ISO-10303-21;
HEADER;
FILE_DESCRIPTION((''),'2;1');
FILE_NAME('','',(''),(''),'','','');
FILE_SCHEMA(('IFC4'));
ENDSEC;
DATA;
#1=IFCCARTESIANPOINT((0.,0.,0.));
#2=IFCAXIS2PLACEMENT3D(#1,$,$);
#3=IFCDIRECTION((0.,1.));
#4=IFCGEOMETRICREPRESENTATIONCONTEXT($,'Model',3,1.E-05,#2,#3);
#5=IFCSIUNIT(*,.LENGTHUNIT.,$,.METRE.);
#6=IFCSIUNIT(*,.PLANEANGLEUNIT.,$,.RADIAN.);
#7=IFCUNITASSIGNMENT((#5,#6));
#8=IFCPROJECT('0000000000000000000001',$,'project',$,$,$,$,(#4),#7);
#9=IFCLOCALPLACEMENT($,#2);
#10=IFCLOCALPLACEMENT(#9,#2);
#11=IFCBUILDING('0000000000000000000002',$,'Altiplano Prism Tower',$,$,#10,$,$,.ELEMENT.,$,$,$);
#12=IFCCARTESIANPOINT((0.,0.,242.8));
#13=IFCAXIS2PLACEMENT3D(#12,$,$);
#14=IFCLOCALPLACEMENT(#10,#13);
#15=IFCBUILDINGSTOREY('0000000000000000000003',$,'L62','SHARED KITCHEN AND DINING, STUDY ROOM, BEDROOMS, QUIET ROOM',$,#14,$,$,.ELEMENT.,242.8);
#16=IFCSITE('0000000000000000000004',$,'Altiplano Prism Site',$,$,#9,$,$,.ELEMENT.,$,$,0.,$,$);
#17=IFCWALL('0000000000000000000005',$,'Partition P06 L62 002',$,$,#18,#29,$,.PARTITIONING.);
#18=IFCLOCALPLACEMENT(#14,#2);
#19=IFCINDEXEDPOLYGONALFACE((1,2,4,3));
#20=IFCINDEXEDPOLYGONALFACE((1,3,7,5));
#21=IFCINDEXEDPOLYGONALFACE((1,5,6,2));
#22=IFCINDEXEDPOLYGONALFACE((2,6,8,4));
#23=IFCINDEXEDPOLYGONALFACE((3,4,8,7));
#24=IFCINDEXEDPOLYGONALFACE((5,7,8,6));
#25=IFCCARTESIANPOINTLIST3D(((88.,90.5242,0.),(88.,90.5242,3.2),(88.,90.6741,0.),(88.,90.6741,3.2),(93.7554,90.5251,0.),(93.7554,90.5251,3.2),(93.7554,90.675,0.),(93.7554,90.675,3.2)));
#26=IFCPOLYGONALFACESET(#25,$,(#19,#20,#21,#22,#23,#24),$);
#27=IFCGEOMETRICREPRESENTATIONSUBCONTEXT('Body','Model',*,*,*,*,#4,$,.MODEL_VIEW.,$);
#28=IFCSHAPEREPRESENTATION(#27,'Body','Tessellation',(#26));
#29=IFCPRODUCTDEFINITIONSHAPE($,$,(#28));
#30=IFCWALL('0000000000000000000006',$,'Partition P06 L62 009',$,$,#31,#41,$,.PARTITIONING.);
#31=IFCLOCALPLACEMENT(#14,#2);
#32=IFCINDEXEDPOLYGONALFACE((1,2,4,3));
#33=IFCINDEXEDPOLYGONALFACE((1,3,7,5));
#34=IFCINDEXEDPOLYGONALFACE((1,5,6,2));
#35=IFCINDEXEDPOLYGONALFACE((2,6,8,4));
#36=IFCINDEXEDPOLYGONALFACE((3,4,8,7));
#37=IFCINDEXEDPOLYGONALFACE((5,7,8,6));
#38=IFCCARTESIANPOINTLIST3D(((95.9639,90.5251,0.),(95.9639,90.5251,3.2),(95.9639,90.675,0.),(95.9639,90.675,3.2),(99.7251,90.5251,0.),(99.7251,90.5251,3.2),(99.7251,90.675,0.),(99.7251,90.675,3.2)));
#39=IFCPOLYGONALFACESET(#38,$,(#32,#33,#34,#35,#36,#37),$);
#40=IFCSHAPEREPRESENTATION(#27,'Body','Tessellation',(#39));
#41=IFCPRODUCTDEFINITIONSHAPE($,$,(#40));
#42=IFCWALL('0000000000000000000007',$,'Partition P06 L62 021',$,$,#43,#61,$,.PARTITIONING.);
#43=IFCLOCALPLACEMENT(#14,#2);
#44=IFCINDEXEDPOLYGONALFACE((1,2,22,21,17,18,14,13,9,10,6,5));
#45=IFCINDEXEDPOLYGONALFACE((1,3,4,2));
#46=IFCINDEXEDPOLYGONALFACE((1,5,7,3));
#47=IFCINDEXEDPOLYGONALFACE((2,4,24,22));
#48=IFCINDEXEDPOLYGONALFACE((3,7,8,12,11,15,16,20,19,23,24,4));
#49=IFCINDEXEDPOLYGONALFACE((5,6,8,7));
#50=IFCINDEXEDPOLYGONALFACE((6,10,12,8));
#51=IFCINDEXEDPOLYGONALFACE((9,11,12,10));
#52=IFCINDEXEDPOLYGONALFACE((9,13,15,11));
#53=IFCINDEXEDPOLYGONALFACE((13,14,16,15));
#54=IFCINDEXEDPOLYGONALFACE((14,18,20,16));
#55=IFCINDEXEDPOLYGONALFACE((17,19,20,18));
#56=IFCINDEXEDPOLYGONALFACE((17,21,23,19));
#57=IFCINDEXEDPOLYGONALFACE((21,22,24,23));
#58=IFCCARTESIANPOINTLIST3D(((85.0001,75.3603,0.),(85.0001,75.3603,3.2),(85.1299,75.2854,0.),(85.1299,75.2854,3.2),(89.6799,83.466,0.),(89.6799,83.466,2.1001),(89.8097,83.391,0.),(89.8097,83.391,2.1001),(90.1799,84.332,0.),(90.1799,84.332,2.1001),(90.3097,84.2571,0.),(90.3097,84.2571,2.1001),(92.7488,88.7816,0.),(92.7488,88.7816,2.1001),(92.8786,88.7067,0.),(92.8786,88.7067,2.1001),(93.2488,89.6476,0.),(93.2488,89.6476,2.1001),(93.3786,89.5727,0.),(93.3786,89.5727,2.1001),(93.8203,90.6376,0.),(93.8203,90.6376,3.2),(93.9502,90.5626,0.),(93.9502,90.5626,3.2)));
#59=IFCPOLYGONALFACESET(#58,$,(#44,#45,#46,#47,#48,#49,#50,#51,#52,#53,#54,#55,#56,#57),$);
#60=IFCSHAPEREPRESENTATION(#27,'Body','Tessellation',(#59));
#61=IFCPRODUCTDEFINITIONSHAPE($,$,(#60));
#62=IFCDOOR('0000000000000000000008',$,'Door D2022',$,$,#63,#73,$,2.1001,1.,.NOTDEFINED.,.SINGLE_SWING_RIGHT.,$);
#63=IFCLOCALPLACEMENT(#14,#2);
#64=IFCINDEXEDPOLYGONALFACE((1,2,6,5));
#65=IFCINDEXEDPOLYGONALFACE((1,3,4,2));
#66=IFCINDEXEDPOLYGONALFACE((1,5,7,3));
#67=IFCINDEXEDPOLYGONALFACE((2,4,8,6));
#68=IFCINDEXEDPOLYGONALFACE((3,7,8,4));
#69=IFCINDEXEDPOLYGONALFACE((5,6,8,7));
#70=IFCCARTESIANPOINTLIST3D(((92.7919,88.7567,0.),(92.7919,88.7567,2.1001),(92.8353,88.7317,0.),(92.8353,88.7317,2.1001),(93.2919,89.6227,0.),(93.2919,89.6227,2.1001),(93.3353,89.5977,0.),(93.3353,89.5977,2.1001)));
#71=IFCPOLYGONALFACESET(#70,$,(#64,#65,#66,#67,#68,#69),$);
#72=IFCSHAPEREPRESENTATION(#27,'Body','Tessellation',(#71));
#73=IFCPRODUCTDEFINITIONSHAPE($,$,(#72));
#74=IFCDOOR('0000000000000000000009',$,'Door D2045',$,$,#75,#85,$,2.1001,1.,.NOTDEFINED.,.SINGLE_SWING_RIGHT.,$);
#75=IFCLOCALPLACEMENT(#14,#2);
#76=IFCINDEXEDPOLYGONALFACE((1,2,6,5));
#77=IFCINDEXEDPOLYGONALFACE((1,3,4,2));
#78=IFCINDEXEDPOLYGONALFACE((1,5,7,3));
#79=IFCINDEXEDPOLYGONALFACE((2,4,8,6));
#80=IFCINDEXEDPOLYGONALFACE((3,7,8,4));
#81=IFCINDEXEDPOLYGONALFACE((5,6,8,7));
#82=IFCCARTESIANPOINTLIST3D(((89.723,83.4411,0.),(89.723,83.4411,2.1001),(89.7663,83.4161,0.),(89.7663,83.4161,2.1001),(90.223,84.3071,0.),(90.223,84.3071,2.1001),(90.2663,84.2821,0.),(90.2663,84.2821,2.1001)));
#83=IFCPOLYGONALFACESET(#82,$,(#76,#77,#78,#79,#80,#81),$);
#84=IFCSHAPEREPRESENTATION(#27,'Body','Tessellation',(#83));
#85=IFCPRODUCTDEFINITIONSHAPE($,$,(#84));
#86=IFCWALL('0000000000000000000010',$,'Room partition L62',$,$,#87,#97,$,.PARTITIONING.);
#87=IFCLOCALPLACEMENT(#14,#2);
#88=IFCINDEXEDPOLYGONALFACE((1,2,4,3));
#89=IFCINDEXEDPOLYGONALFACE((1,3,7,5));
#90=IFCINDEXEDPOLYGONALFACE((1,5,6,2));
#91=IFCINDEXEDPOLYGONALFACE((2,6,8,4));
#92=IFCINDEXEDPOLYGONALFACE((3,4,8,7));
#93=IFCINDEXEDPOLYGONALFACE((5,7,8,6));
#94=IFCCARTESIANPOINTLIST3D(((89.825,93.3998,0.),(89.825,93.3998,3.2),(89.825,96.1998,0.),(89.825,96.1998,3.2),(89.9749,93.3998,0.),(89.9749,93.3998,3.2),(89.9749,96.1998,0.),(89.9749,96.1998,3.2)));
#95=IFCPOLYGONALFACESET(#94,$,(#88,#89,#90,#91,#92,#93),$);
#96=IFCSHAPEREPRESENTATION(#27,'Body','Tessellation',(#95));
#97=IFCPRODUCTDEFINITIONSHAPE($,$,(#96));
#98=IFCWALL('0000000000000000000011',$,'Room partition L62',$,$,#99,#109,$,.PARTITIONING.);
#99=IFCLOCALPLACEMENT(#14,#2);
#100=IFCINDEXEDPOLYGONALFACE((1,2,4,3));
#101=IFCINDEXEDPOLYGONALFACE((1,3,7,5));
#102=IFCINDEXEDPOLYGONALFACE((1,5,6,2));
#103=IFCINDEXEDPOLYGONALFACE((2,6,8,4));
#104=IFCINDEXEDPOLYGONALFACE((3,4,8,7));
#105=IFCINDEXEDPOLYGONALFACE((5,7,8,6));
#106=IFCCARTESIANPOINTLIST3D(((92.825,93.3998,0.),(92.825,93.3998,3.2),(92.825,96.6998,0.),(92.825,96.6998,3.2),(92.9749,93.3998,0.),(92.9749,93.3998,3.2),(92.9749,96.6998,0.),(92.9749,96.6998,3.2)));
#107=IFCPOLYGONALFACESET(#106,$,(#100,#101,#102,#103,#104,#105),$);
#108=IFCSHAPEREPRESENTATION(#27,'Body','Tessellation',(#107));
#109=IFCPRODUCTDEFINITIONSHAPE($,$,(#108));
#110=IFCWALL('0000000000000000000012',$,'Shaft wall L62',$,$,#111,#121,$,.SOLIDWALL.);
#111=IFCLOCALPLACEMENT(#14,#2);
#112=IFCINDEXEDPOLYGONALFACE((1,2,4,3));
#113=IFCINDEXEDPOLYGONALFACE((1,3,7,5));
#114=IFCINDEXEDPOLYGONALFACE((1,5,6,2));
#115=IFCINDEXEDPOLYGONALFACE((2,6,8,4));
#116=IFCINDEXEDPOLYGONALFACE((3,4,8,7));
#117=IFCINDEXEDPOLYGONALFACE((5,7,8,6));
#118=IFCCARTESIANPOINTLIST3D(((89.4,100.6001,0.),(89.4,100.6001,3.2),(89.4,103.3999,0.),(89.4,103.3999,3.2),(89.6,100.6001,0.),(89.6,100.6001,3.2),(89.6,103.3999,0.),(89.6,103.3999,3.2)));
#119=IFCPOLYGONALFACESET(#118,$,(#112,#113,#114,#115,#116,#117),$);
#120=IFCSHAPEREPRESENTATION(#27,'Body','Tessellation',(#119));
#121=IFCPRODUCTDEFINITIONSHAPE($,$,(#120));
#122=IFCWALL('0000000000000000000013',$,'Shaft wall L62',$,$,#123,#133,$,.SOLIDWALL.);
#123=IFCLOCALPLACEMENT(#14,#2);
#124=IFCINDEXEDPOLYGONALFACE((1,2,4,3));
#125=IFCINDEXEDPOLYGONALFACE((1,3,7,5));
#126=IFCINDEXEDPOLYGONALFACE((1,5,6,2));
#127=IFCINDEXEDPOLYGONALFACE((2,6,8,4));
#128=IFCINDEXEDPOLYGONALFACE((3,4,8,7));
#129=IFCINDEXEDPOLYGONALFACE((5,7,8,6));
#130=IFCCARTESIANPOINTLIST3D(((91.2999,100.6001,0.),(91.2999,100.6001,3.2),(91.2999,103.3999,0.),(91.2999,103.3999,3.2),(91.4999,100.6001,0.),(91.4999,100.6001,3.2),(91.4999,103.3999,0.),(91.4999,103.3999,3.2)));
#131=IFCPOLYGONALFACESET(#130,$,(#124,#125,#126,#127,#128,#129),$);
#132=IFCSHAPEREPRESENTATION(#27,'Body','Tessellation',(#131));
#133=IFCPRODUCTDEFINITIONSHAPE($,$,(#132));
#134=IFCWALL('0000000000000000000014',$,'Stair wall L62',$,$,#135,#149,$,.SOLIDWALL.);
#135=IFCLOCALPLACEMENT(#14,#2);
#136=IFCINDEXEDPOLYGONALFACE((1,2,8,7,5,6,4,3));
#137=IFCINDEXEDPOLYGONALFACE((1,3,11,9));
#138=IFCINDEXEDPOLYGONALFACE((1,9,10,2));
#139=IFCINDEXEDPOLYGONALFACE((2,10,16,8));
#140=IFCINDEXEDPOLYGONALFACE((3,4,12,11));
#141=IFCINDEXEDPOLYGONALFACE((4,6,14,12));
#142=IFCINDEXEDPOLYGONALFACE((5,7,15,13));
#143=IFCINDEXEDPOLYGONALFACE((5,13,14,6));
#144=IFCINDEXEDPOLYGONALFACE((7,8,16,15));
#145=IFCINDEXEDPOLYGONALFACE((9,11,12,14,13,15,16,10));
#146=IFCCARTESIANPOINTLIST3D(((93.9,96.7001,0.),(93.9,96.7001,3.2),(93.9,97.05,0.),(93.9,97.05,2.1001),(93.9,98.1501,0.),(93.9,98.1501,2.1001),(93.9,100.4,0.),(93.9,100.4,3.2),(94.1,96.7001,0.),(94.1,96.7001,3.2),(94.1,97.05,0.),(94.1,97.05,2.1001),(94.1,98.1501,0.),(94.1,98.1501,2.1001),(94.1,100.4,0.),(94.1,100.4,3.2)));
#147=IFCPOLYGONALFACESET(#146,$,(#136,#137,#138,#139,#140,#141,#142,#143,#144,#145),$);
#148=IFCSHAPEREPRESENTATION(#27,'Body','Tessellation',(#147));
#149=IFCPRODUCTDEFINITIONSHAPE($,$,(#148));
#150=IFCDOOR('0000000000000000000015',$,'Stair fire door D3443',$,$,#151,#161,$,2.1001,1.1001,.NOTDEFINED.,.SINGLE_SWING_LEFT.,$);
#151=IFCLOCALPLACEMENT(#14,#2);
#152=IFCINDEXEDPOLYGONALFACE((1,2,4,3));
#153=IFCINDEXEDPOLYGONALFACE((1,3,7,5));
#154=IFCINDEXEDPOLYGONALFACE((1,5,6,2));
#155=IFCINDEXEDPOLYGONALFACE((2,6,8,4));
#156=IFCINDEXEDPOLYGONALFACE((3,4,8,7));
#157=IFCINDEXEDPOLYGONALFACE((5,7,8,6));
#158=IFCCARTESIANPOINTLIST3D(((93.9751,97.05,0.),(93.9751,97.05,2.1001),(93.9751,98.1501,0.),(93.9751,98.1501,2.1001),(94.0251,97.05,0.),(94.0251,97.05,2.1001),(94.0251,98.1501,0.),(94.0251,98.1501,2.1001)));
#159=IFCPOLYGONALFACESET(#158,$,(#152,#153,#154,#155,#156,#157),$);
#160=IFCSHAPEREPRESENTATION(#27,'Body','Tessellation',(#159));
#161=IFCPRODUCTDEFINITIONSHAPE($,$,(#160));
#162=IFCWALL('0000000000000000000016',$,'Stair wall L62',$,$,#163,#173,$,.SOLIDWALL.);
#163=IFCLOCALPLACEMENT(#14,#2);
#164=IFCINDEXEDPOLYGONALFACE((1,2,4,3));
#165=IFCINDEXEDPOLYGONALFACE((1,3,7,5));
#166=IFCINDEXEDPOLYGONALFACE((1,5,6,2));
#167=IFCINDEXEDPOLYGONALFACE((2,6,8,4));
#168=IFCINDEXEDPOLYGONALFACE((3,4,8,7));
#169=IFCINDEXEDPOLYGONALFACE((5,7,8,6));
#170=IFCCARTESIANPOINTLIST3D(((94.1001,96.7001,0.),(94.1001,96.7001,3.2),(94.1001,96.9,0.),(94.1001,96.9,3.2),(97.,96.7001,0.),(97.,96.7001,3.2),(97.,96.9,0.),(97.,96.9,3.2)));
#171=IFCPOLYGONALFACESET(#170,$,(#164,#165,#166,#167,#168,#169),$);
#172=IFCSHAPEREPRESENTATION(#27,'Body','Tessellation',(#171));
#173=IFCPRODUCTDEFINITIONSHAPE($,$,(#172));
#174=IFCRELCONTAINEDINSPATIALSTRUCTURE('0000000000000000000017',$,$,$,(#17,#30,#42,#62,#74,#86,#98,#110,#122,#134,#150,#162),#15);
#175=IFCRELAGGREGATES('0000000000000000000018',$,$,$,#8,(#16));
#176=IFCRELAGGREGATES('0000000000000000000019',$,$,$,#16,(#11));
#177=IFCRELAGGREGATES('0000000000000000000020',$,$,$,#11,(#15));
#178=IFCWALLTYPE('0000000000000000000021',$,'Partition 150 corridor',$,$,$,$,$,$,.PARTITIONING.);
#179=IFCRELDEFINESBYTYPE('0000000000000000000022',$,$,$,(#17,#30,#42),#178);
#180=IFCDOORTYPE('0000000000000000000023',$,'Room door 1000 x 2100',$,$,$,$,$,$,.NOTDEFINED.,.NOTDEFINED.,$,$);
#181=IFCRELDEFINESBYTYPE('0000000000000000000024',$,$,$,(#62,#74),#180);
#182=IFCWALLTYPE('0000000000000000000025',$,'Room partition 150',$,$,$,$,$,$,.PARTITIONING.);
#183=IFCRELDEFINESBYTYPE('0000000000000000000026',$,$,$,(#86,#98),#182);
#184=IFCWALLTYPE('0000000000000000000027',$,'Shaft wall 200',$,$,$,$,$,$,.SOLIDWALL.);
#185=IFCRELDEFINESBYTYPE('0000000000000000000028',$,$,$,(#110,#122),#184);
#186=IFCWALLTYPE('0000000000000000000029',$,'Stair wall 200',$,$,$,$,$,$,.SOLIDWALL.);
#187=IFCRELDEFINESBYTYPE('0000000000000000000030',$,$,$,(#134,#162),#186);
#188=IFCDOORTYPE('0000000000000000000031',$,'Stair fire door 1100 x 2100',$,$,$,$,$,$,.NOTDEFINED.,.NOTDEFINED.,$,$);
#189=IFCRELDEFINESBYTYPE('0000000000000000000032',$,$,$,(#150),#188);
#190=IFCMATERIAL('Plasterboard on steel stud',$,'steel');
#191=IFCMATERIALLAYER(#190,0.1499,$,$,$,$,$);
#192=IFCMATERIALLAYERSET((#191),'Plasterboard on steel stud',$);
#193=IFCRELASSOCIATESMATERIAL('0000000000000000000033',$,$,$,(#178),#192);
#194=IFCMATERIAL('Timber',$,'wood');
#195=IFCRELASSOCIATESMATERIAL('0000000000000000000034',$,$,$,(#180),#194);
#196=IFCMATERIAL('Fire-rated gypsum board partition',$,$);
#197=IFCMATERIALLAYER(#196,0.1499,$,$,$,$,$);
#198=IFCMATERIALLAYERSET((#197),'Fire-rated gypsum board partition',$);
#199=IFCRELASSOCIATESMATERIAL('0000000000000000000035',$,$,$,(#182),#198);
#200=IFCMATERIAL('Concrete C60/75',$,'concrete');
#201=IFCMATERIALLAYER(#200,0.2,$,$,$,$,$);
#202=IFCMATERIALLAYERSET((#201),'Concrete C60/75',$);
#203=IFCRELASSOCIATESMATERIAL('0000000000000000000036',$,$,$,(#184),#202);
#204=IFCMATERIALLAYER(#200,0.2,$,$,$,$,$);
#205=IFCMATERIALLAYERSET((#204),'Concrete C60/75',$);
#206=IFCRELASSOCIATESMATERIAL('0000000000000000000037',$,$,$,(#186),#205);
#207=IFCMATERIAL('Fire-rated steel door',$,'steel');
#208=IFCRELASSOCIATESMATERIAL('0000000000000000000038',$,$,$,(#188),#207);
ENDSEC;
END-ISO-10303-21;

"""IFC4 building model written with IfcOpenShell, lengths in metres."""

from ifc_helpers import new_model, si_unit, direction, frame, frame_2d, origin, place, context, subcontext, project, spatial, rectangle, extrude, material, layer, layer_set, type_object, element, fill, save


model = new_model("IFC4")

# Units and contexts
model_context = context("Model", 3, precision=1e-05, world=origin(), true_north=direction((0.0, 1.0)))
body_context = subcontext(model_context, "Body", "Model", "MODEL_VIEW")
ifc_project = project(units=[si_unit("LENGTHUNIT", "METRE"), si_unit("PLANEANGLEUNIT", "RADIAN")], contexts=[model_context])

# Site, building, storey
site_placement = place(None, origin())
site = spatial("IfcSite", under=ifc_project, at=site_placement, Name="Altiplano Prism Site", CompositionType="ELEMENT", RefElevation=0.0)
building_placement = place(site_placement, origin())
building = spatial("IfcBuilding", under=site, at=building_placement, Name="Altiplano Prism Tower", CompositionType="ELEMENT")
storey_placement = place(building_placement, frame((0.0, 0.0, 242.8)))
storey = spatial("IfcBuildingStorey", under=building, at=storey_placement, Name="L62", Description="SHARED KITCHEN AND DINING, STUDY ROOM, BEDROOMS, QUIET ROOM", CompositionType="ELEMENT", Elevation=242.8)

# Walls
ifc_material_1 = material(Name="Plasterboard on steel stud", Category="steel")
ifc_layer_1 = layer(ifc_material_1, 0.1499)
ifc_layer_set_1 = layer_set([ifc_layer_1], Name="Plasterboard on steel stud")
wall_type_1 = type_object("IfcWallType", Name="Partition 150 corridor", PredefinedType="PARTITIONING", material=ifc_layer_set_1)
wall_1_placement = place(storey_placement, frame((88.0, 90.5991, 0.0), z_axis=(0.0, 0.0, 1.0), x_axis=(1.0, 0.00017, 0.0)))
element("IfcWall", 1, at=wall_1_placement, inside=storey, type_object=wall_type_1, Name="Partition P06 L62 002", PredefinedType="PARTITIONING", context=body_context, shape_type="SweptSolid", body=[
    extrude(rectangle(XDim=5.7554, YDim=0.1499, at=frame_2d((2.8777, 0.0))), origin(), (0.0, 0.0, 1.0), 3.2),
])
wall_2_placement = place(storey_placement, frame((95.9639, 90.6001, 0.0), z_axis=(0.0, 0.0, 1.0), x_axis=(1.0, 0.0, 0.0)))
element("IfcWall", 2, at=wall_2_placement, inside=storey, type_object=wall_type_1, Name="Partition P06 L62 009", PredefinedType="PARTITIONING", context=body_context, shape_type="SweptSolid", body=[
    extrude(rectangle(XDim=3.7612, YDim=0.1499, at=frame_2d((1.8806, 0.0))), origin(), (0.0, 0.0, 1.0), 3.2),
])

# Wall, openings, doors
wall_3_placement = place(storey_placement, frame((93.8853, 90.6001, 0.0), z_axis=(0.0, 0.0, 1.0), x_axis=(-0.499997, -0.866027, 0.0)))
wall_3 = element("IfcWall", 3, at=wall_3_placement, inside=storey, type_object=wall_type_1, Name="Partition P06 L62 021", PredefinedType="PARTITIONING", context=body_context, shape_type="SweptSolid", body=[
    extrude(rectangle(XDim=17.6406, YDim=0.1499, at=frame_2d((8.8203, 0.0))), origin(), (0.0, 0.0, 1.0), 3.2),
])
opening_1_placement = place(wall_3_placement, frame((1.1431, 0.0, 0.0)))
opening_1 = element("IfcOpeningElement", 4, at=opening_1_placement, cuts=wall_3, PredefinedType="OPENING", context=body_context, shape_type="SweptSolid", body=[
    extrude(rectangle(XDim=1.0, YDim=2.1001, at=frame_2d((0.5, 1.05))), frame((0.0, 0.0854, 0.0), z_axis=(0.0, -1.0, 0.0), x_axis=(1.0, 0.0, 0.0)), (0.0, 0.0, 1.0), 0.1709),
])
opening_2_placement = place(wall_3_placement, frame((7.281, 0.0, 0.0)))
opening_2 = element("IfcOpeningElement", 5, at=opening_2_placement, cuts=wall_3, PredefinedType="OPENING", context=body_context, shape_type="SweptSolid", body=[
    extrude(rectangle(XDim=1.0, YDim=2.1001, at=frame_2d((0.5, 1.05))), frame((0.0, 0.0854, 0.0), z_axis=(0.0, -1.0, 0.0), x_axis=(1.0, 0.0, 0.0)), (0.0, 0.0, 1.0), 0.1709),
])
ifc_material_2 = material(Name="Timber", Category="wood")
door_type_1 = type_object("IfcDoorType", Name="Room door 1000 x 2100", OperationType="NOTDEFINED", PredefinedType="NOTDEFINED", material=ifc_material_2)
door_1_placement = place(opening_1_placement, origin())
door_1 = element("IfcDoor", 6, at=door_1_placement, inside=storey, type_object=door_type_1, Name="Door D2022", OperationType="SINGLE_SWING_RIGHT", OverallHeight=2.1001, OverallWidth=1.0, PredefinedType="NOTDEFINED", context=body_context, shape_type="SweptSolid", body=[
    extrude(rectangle(XDim=1.0, YDim=2.1001, at=frame_2d((0.5, 1.05))), frame((0.0, 0.0249, 0.0), z_axis=(0.0, -1.0, 0.0), x_axis=(1.0, 0.0, 0.0)), (0.0, 0.0, 1.0), 0.05),
])
fill(opening_1, door_1)
door_2_placement = place(opening_2_placement, origin())
door_2 = element("IfcDoor", 7, at=door_2_placement, inside=storey, type_object=door_type_1, Name="Door D2045", OperationType="SINGLE_SWING_RIGHT", OverallHeight=2.1001, OverallWidth=1.0, PredefinedType="NOTDEFINED", context=body_context, shape_type="SweptSolid", body=[
    extrude(rectangle(XDim=1.0, YDim=2.1001, at=frame_2d((0.5, 1.05))), frame((0.0, 0.0249, 0.0), z_axis=(0.0, -1.0, 0.0), x_axis=(1.0, 0.0, 0.0)), (0.0, 0.0, 1.0), 0.05),
])
fill(opening_2, door_2)

# Walls
ifc_material_3 = material(Name="Fire-rated gypsum board partition")
ifc_layer_2 = layer(ifc_material_3, 0.1499)
ifc_layer_set_2 = layer_set([ifc_layer_2], Name="Fire-rated gypsum board partition")
wall_type_2 = type_object("IfcWallType", Name="Room partition 150", PredefinedType="PARTITIONING", material=ifc_layer_set_2)
wall_4_placement = place(storey_placement, frame((89.8999, 93.3999, 0.0), z_axis=(0.0, 0.0, 1.0), x_axis=(0.0, 1.0, 0.0)))
element("IfcWall", 8, at=wall_4_placement, inside=storey, type_object=wall_type_2, Name="Room partition L62", PredefinedType="PARTITIONING", context=body_context, shape_type="SweptSolid", body=[
    extrude(rectangle(XDim=2.8, YDim=0.1499, at=frame_2d((1.3999, 0.0))), origin(), (0.0, 0.0, 1.0), 3.2),
])
wall_5_placement = place(storey_placement, frame((92.8999, 93.3999, 0.0), z_axis=(0.0, 0.0, 1.0), x_axis=(0.0, 1.0, 0.0)))
element("IfcWall", 9, at=wall_5_placement, inside=storey, type_object=wall_type_2, Name="Room partition L62", PredefinedType="PARTITIONING", context=body_context, shape_type="SweptSolid", body=[
    extrude(rectangle(XDim=3.3, YDim=0.1499, at=frame_2d((1.6499, 0.0))), origin(), (0.0, 0.0, 1.0), 3.2),
])
ifc_material_4 = material(Name="Concrete C60/75", Category="concrete")
ifc_layer_3 = layer(ifc_material_4, 0.2)
ifc_layer_set_3 = layer_set([ifc_layer_3], Name="Concrete C60/75")
wall_type_3 = type_object("IfcWallType", Name="Shaft wall 200", PredefinedType="SOLIDWALL", material=ifc_layer_set_3)
for number, where, z_axis, x_axis, name in (
    (10, (89.5, 100.6001, 0.0), (0.0, 0.0, 1.0), (0.0, 1.0, 0.0), "Shaft wall L62"),
    (11, (91.3999, 100.6001, 0.0), (0.0, 0.0, 1.0), (0.0, 1.0, 0.0), "Shaft wall L62"),
):
    element("IfcWall", number, at=place(storey_placement, frame(where, z_axis=z_axis, x_axis=x_axis)), inside=storey, type_object=wall_type_3, Name=name, PredefinedType="SOLIDWALL", context=body_context, shape_type="SweptSolid", body=[
        extrude(rectangle(XDim=2.7998, YDim=0.2, at=frame_2d((1.3999, 0.0))), origin(), (0.0, 0.0, 1.0), 3.2),
    ])

# Wall, opening, door
ifc_layer_4 = layer(ifc_material_4, 0.2)
ifc_layer_set_4 = layer_set([ifc_layer_4], Name="Concrete C60/75")
wall_type_4 = type_object("IfcWallType", Name="Stair wall 200", PredefinedType="SOLIDWALL", material=ifc_layer_set_4)
wall_6_placement = place(storey_placement, frame((94.0, 96.7, 0.0), z_axis=(0.0, 0.0, 1.0), x_axis=(0.0, 1.0, 0.0)))
wall_6 = element("IfcWall", 12, at=wall_6_placement, inside=storey, type_object=wall_type_4, Name="Stair wall L62", PredefinedType="SOLIDWALL", context=body_context, shape_type="SweptSolid", body=[
    extrude(rectangle(XDim=3.7, YDim=0.2, at=frame_2d((1.8501, 0.0))), origin(), (0.0, 0.0, 1.0), 3.2),
])
opening_3_placement = place(wall_6_placement, frame((0.3501, 0.0, 0.0)))
opening_3 = element("IfcOpeningElement", 13, at=opening_3_placement, cuts=wall_6, PredefinedType="OPENING", context=body_context, shape_type="SweptSolid", body=[
    extrude(rectangle(XDim=1.1001, YDim=2.1001, at=frame_2d((0.55, 1.05))), frame((0.0, 0.1104, 0.0), z_axis=(0.0, -1.0, 0.0), x_axis=(1.0, 0.0, 0.0)), (0.0, 0.0, 1.0), 0.2209),
])
ifc_material_5 = material(Name="Fire-rated steel door", Category="steel")
door_type_2 = type_object("IfcDoorType", Name="Stair fire door 1100 x 2100", OperationType="NOTDEFINED", PredefinedType="NOTDEFINED", material=ifc_material_5)
door_3_placement = place(opening_3_placement, origin())
door_3 = element("IfcDoor", 14, at=door_3_placement, inside=storey, type_object=door_type_2, Name="Stair fire door D3443", OperationType="SINGLE_SWING_LEFT", OverallHeight=2.1001, OverallWidth=1.1001, PredefinedType="NOTDEFINED", context=body_context, shape_type="SweptSolid", body=[
    extrude(rectangle(XDim=1.1001, YDim=2.1001, at=frame_2d((0.55, 1.05))), frame((0.0, 0.0249, 0.0), z_axis=(0.0, -1.0, 0.0), x_axis=(1.0, 0.0, 0.0)), (0.0, 0.0, 1.0), 0.05),
])
fill(opening_3, door_3)

# Wall
wall_7_placement = place(storey_placement, frame((94.1001, 96.8, 0.0), z_axis=(0.0, 0.0, 1.0), x_axis=(1.0, 0.0, 0.0)))
element("IfcWall", 15, at=wall_7_placement, inside=storey, type_object=wall_type_4, Name="Stair wall L62", PredefinedType="SOLIDWALL", context=body_context, shape_type="SweptSolid", body=[
    extrude(rectangle(XDim=2.8999, YDim=0.2, at=frame_2d((1.45, 0.0))), origin(), (0.0, 0.0, 1.0), 3.2),
])

save(model, "model.ifc")
